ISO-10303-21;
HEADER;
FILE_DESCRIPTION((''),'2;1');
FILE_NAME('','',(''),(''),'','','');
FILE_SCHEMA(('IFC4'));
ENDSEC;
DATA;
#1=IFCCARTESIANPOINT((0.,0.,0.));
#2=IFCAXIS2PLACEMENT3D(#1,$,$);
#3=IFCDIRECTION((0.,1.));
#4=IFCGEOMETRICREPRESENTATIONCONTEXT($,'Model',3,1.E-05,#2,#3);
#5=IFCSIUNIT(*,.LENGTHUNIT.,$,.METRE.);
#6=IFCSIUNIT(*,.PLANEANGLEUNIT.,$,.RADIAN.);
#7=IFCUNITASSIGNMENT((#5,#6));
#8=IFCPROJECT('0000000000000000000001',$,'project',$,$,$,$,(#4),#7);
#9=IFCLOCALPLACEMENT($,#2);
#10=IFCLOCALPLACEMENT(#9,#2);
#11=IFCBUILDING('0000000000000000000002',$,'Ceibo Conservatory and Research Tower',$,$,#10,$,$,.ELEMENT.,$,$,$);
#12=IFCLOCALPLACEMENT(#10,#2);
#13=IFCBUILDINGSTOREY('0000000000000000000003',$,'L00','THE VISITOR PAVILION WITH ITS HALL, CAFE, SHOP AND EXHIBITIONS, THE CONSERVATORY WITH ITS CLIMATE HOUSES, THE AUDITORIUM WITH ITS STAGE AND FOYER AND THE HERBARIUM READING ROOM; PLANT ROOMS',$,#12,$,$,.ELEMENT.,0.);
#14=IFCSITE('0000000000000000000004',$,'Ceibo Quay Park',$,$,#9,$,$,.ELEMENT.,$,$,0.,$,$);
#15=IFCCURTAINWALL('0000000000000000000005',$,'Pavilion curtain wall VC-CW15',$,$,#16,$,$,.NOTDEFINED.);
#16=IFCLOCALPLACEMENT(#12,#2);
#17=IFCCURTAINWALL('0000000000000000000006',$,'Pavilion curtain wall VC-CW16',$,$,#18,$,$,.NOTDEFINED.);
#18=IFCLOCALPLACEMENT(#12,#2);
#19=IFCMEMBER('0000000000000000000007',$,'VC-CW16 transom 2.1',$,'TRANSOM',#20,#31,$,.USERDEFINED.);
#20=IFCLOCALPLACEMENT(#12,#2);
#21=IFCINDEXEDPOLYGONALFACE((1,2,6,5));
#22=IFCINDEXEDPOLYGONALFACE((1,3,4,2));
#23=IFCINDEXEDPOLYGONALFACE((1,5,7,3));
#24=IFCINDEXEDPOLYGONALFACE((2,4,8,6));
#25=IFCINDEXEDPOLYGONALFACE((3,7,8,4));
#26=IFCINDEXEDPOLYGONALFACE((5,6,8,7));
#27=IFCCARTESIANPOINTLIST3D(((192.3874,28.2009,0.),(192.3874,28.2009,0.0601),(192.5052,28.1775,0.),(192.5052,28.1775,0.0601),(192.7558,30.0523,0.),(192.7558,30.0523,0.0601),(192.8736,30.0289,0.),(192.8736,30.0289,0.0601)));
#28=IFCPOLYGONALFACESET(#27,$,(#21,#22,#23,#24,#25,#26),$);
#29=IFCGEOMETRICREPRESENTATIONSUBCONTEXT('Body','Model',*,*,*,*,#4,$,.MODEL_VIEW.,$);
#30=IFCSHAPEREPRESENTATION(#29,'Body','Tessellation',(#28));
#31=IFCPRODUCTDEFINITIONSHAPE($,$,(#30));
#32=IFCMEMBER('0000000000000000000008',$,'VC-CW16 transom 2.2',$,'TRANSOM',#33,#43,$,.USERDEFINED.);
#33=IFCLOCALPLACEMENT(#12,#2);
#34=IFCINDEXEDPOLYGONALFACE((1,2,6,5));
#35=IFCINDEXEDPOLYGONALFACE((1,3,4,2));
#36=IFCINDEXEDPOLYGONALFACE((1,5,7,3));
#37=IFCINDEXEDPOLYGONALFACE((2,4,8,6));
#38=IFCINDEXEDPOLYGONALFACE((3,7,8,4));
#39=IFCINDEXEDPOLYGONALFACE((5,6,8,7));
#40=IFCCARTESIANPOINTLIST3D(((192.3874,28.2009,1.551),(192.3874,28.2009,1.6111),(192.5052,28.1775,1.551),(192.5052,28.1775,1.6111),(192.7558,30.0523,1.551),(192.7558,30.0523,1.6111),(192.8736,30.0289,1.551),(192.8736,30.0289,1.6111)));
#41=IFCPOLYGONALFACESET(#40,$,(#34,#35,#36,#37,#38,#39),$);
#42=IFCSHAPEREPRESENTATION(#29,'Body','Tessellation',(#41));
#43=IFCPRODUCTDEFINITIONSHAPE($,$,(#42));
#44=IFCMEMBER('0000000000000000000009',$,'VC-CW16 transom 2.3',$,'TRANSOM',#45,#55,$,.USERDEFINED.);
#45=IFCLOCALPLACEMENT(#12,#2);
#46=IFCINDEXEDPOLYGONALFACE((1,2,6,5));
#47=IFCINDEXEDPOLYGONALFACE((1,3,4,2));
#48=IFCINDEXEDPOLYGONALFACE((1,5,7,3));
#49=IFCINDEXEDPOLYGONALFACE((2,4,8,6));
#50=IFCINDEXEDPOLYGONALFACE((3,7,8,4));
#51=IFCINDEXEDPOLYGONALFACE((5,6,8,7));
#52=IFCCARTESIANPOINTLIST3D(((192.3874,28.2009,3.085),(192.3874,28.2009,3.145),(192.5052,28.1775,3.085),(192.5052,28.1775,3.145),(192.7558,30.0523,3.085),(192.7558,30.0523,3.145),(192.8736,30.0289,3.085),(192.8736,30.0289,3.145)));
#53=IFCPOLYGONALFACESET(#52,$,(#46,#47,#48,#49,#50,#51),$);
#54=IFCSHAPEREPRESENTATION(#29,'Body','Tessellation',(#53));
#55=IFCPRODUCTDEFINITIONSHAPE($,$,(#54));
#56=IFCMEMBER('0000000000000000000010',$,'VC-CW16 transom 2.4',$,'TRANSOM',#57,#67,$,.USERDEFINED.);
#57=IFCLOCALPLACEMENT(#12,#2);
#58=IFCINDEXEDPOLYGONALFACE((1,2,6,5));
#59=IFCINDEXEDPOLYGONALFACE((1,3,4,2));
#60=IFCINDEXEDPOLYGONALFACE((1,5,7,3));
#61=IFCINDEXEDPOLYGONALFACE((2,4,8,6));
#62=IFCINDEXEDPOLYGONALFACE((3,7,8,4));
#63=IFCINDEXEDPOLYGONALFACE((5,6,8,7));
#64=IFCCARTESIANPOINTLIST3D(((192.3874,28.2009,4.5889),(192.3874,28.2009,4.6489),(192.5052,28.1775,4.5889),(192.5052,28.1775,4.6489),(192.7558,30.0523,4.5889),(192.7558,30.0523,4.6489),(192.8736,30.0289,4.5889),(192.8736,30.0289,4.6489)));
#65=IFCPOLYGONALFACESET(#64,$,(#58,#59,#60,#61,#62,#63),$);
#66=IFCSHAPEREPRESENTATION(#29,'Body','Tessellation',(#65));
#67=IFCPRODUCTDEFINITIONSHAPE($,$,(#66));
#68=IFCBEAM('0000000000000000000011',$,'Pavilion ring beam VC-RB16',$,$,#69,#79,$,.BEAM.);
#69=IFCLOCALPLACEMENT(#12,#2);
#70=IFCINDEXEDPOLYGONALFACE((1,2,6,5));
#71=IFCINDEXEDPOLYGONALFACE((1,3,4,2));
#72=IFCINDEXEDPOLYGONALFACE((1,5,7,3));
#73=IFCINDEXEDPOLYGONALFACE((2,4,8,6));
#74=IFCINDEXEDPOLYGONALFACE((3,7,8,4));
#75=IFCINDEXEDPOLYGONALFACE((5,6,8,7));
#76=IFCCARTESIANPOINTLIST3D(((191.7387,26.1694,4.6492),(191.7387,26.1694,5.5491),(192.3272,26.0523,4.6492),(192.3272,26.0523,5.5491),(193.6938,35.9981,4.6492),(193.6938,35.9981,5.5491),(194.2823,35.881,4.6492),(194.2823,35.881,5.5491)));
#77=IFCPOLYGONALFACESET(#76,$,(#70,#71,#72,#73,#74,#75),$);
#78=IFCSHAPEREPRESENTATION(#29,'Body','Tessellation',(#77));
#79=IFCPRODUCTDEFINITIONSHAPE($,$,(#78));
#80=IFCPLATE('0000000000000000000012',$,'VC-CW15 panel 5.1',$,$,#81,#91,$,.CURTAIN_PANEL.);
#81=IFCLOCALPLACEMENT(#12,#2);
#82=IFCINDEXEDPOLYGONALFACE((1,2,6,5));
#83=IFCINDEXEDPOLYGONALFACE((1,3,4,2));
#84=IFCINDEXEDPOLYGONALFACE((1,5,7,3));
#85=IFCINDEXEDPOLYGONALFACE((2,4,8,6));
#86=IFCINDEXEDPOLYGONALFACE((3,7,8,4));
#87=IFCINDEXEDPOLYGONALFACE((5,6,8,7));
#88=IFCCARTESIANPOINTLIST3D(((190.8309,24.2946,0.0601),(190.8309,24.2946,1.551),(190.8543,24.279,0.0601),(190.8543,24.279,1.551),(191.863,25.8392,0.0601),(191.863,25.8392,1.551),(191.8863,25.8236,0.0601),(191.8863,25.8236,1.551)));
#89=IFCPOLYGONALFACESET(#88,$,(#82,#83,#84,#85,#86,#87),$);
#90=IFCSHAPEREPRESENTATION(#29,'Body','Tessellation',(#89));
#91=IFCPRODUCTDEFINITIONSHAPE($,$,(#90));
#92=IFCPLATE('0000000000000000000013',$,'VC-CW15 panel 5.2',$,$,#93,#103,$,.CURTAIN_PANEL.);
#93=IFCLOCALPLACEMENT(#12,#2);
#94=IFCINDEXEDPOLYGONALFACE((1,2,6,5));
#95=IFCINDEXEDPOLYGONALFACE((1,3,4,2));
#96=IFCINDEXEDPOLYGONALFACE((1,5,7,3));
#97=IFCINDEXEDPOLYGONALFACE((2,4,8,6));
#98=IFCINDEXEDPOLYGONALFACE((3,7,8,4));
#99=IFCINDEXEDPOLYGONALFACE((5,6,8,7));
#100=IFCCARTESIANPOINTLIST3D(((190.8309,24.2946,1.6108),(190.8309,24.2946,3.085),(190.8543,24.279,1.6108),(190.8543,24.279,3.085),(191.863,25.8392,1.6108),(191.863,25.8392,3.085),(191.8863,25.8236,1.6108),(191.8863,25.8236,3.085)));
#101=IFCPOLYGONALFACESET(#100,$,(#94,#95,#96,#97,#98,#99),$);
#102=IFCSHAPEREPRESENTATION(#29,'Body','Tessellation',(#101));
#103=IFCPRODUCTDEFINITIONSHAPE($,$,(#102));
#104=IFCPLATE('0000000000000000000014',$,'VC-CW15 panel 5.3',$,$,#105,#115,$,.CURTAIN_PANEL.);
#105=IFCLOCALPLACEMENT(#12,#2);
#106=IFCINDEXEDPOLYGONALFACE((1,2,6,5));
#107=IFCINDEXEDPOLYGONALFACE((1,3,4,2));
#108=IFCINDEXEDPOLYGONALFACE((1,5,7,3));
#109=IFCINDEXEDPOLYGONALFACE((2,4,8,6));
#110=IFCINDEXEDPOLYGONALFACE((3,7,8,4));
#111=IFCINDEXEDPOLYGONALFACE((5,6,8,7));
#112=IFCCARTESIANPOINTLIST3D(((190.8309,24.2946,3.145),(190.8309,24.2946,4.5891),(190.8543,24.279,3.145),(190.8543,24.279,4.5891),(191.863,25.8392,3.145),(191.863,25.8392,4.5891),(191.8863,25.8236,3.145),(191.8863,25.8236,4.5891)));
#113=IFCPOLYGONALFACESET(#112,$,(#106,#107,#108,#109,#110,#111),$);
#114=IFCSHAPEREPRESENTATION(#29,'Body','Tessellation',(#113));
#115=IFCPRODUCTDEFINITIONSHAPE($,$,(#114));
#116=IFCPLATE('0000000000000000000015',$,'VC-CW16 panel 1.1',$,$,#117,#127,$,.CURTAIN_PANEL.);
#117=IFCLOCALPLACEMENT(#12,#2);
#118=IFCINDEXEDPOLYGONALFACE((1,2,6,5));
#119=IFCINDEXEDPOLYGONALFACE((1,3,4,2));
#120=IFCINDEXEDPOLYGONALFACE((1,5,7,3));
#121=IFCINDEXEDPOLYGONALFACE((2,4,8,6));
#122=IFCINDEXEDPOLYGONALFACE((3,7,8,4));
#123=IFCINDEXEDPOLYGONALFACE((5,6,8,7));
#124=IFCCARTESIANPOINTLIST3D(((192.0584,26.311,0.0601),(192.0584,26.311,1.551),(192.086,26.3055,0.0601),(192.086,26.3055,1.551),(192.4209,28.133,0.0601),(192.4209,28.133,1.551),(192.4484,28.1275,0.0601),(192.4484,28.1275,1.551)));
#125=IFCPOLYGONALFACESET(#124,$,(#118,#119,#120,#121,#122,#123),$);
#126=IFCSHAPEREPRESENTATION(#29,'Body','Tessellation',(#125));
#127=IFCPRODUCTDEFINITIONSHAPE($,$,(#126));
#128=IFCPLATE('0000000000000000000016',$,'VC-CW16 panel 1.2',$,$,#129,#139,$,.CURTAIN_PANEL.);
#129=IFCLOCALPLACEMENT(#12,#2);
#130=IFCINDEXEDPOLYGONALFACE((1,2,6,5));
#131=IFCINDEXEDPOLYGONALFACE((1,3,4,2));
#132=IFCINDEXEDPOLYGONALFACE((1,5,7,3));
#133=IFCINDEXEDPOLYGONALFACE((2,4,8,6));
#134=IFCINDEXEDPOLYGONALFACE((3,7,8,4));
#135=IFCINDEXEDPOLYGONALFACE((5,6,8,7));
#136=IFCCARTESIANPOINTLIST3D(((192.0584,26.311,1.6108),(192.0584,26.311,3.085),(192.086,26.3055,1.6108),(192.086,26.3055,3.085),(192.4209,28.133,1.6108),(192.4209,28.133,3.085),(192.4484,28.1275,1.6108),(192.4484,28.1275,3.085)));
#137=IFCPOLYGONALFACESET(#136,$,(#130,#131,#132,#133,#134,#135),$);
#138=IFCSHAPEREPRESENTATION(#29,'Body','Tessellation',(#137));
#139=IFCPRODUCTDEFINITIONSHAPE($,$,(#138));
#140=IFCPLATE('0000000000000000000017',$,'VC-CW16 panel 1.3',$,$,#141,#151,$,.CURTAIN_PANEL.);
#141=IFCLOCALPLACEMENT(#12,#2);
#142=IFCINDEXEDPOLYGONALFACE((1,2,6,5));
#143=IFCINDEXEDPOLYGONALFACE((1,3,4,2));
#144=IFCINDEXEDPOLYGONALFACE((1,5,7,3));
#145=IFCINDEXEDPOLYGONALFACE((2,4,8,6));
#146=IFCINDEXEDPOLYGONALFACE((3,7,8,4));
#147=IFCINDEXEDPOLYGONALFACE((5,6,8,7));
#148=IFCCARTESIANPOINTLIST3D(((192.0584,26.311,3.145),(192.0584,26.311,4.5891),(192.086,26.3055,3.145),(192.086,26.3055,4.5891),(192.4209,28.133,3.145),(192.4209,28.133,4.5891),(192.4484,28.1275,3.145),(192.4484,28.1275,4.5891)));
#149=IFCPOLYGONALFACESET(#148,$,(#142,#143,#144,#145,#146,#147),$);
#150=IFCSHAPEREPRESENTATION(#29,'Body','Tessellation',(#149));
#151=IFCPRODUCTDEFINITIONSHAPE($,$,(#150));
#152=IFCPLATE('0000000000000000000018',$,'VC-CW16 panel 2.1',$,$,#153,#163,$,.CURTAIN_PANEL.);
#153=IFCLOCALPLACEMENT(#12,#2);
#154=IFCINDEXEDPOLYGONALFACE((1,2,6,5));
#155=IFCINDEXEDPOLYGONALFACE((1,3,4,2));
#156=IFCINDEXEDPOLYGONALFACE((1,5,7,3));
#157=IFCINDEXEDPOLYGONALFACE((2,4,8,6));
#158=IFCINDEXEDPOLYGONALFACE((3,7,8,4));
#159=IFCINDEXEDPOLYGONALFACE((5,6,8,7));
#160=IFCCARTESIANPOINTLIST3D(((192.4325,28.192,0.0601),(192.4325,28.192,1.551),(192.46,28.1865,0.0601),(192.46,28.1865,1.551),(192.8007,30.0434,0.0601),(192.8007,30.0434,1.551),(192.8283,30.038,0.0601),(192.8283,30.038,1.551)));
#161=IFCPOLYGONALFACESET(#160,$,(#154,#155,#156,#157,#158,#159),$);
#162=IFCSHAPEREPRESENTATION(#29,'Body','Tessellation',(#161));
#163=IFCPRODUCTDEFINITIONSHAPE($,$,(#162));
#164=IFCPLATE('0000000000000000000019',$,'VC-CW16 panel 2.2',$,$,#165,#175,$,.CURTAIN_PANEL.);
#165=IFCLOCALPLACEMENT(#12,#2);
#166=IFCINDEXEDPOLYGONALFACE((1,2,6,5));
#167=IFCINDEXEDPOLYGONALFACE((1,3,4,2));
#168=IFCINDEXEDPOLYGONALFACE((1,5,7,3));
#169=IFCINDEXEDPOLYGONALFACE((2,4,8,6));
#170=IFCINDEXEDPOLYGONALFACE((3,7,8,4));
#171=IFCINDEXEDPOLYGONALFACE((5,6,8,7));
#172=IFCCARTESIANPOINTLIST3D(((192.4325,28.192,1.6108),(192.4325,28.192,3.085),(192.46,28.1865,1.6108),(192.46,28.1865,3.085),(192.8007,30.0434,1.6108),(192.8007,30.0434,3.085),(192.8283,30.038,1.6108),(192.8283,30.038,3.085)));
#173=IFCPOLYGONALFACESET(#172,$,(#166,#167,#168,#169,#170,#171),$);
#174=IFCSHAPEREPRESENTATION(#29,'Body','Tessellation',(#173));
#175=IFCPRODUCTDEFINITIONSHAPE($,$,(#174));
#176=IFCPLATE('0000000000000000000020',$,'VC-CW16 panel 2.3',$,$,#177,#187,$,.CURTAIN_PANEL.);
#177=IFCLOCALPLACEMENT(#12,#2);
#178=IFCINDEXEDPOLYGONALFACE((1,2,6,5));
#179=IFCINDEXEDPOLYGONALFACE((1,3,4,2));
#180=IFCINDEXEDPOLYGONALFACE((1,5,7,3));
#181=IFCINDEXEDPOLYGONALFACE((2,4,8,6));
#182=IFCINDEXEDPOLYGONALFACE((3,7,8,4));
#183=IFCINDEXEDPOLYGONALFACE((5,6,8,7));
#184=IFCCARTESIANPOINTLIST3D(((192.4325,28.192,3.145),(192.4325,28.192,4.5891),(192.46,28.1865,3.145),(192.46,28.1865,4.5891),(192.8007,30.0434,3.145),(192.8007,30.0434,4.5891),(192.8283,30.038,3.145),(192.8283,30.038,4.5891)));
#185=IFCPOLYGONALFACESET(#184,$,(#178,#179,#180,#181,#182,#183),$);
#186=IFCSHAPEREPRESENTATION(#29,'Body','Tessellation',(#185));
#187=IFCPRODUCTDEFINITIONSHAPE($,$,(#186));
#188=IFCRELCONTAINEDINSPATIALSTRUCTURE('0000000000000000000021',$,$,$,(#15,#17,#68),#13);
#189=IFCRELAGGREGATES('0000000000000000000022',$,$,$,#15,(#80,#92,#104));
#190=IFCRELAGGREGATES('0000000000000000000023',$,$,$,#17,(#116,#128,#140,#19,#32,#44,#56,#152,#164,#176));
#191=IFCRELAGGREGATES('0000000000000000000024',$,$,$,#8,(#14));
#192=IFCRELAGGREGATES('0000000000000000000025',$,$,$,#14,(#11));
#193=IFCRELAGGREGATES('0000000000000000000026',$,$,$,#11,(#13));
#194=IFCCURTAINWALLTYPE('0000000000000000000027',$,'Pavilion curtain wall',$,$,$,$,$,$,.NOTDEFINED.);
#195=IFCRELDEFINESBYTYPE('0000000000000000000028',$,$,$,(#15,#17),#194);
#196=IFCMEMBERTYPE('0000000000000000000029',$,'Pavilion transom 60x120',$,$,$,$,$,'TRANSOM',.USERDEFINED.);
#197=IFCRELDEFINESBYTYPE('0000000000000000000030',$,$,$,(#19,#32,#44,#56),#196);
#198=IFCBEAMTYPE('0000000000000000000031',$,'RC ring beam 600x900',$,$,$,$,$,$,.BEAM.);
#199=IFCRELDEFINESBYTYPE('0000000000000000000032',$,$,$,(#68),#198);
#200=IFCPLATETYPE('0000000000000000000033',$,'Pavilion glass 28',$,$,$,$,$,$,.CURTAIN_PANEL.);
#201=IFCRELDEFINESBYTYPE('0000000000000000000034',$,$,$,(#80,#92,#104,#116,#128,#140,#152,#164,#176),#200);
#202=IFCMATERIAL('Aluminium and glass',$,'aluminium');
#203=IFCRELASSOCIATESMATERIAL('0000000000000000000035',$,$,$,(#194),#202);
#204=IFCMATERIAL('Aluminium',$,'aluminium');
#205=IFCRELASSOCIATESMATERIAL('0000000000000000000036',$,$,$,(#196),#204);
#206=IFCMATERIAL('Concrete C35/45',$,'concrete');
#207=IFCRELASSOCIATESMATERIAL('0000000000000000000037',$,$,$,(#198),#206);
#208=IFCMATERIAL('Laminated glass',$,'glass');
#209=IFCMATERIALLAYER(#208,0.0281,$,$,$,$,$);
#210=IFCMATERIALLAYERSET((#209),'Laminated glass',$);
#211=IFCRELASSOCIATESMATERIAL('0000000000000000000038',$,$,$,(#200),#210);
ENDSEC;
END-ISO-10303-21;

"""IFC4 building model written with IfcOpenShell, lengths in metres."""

from ifc_helpers import new_model, si_unit, direction, frame, origin, origin_2d, place, context, subcontext, project, spatial, rectangle, extrude, material, layer, layer_set, material_profile, profile_set, type_object, element, aggregate, save


model = new_model("IFC4")

# Units and contexts
model_context = context("Model", 3, precision=1e-05, world=origin(), true_north=direction((0.0, 1.0)))
body_context = subcontext(model_context, "Body", "Model", "MODEL_VIEW")
ifc_project = project(units=[si_unit("LENGTHUNIT", "METRE"), si_unit("PLANEANGLEUNIT", "RADIAN")], contexts=[model_context])

# Site, building, storey
site_placement = place(None, origin())
site = spatial("IfcSite", under=ifc_project, at=site_placement, Name="Ceibo Quay Park", CompositionType="ELEMENT", RefElevation=0.0)
building_placement = place(site_placement, origin())
building = spatial("IfcBuilding", under=site, at=building_placement, Name="Ceibo Conservatory and Research Tower", CompositionType="ELEMENT")
storey_placement = place(building_placement, origin())
storey = spatial("IfcBuildingStorey", under=building, at=storey_placement, Name="L00", Description="THE VISITOR PAVILION WITH ITS HALL, CAFE, SHOP AND EXHIBITIONS, THE CONSERVATORY WITH ITS CLIMATE HOUSES, THE AUDITORIUM WITH ITS STAGE AND FOYER AND THE HERBARIUM READING ROOM; PLANT ROOMS", CompositionType="ELEMENT", Elevation=0.0)

# Shared definitions
ifc_material_1 = material(Name="Concrete C35/45", Category="concrete")

# Curtain wall
ifc_material_2 = material(Name="Aluminium and glass", Category="aluminium")
curtain_wall_type = type_object("IfcCurtainWallType", Name="Pavilion curtain wall", PredefinedType="NOTDEFINED", material=ifc_material_2)
curtain_wall_1_placement = place(storey_placement, origin())
curtain_wall_1 = element("IfcCurtainWall", 1, at=curtain_wall_1_placement, inside=storey, type_object=curtain_wall_type, Name="Pavilion curtain wall VC-CW15", PredefinedType="NOTDEFINED")
ifc_material_3 = material(Name="Aluminium", Category="aluminium")

# Curtain wall
curtain_wall_2_placement = place(storey_placement, origin())
curtain_wall_2 = element("IfcCurtainWall", 2, at=curtain_wall_2_placement, inside=storey, type_object=curtain_wall_type, Name="Pavilion curtain wall VC-CW16", PredefinedType="NOTDEFINED")

# Members
ifc_material_profile_1 = material_profile(ifc_material_3, rectangle(XDim=0.1201, YDim=0.0601, at=origin_2d()), Name="AL 60x120")
ifc_profile_set_1 = profile_set([ifc_material_profile_1], Name="Aluminium")
member_type_1 = type_object("IfcMemberType", Name="Pavilion transom 60x120", ElementType="TRANSOM", PredefinedType="USERDEFINED", material=ifc_profile_set_1)
member_1_placement = place(storey_placement, frame((192.4463, 28.1892, 0.03), z_axis=(0.195171, 0.980769, 0.0), x_axis=(-0.980769, 0.195171, 0.0)))
member_1 = element("IfcMember", 3, at=member_1_placement, type_object=member_type_1, Name="VC-CW16 transom 2.1", ObjectType="TRANSOM", PredefinedType="USERDEFINED", context=body_context, shape_type="SweptSolid", body=[
    extrude(rectangle(XDim=0.1201, YDim=0.0601, at=origin_2d()), origin(), (0.0, 0.0, 1.0), 1.8877),
])
member_2_placement = place(storey_placement, frame((192.4463, 28.1892, 1.5811), z_axis=(0.195171, 0.980769, 0.0), x_axis=(-0.980769, 0.195171, 0.0)))
member_2 = element("IfcMember", 4, at=member_2_placement, type_object=member_type_1, Name="VC-CW16 transom 2.2", ObjectType="TRANSOM", PredefinedType="USERDEFINED", context=body_context, shape_type="SweptSolid", body=[
    extrude(rectangle(XDim=0.1201, YDim=0.0601, at=origin_2d()), origin(), (0.0, 0.0, 1.0), 1.8877),
])
member_3_placement = place(storey_placement, frame((192.4463, 28.1892, 3.115), z_axis=(0.195171, 0.980769, 0.0), x_axis=(-0.980769, 0.195171, 0.0)))
member_3 = element("IfcMember", 5, at=member_3_placement, type_object=member_type_1, Name="VC-CW16 transom 2.3", ObjectType="TRANSOM", PredefinedType="USERDEFINED", context=body_context, shape_type="SweptSolid", body=[
    extrude(rectangle(XDim=0.1201, YDim=0.0601, at=origin_2d()), origin(), (0.0, 0.0, 1.0), 1.8877),
])
member_4_placement = place(storey_placement, frame((192.4463, 28.1892, 4.6189), z_axis=(0.195171, 0.980769, 0.0), x_axis=(-0.980769, 0.195171, 0.0)))
member_4 = element("IfcMember", 6, at=member_4_placement, type_object=member_type_1, Name="VC-CW16 transom 2.4", ObjectType="TRANSOM", PredefinedType="USERDEFINED", context=body_context, shape_type="SweptSolid", body=[
    extrude(rectangle(XDim=0.1201, YDim=0.0601, at=origin_2d()), origin(), (0.0, 0.0, 1.0), 1.8877),
])

# Beam
ifc_material_profile_2 = material_profile(ifc_material_1, rectangle(XDim=0.6001, YDim=0.8999, at=origin_2d()), Name="RC 600x900")
ifc_profile_set_2 = profile_set([ifc_material_profile_2], Name="Concrete C35/45")
beam_type = type_object("IfcBeamType", Name="RC ring beam 600x900", PredefinedType="BEAM", material=ifc_profile_set_2)
beam_placement = place(storey_placement, frame((192.033, 26.1108, 5.0991), z_axis=(0.195095, 0.980784, 0.0), x_axis=(-0.980784, 0.195095, 0.0)))
element("IfcBeam", 7, at=beam_placement, inside=storey, type_object=beam_type, Name="Pavilion ring beam VC-RB16", PredefinedType="BEAM", context=body_context, shape_type="SweptSolid", body=[
    extrude(rectangle(XDim=0.6001, YDim=0.8999, at=origin_2d()), origin(), (0.0, 0.0, 1.0), 10.0212),
])

# Plates
ifc_material_4 = material(Name="Laminated glass", Category="glass")
ifc_layer_1 = layer(ifc_material_4, 0.0281)
ifc_layer_set_1 = layer_set([ifc_layer_1], Name="Laminated glass")
plate_type = type_object("IfcPlateType", Name="Pavilion glass 28", PredefinedType="CURTAIN_PANEL", material=ifc_layer_set_1)
plate_1_placement = place(storey_placement, frame((191.3586, 25.0591, 0.0601), z_axis=(0.0, 0.0, 1.0), x_axis=(0.55557, 0.83147, 0.0)))
plate_1 = element("IfcPlate", 8, at=plate_1_placement, type_object=plate_type, Name="VC-CW15 panel 5.1", PredefinedType="CURTAIN_PANEL", context=body_context, shape_type="SweptSolid", body=[
    extrude(rectangle(XDim=1.8577, YDim=0.0281, at=origin_2d()), origin(), (0.0, 0.0, 1.0), 1.491),
])
plate_2_placement = place(storey_placement, frame((191.3586, 25.0591, 1.6108), z_axis=(0.0, 0.0, 1.0), x_axis=(0.55557, 0.83147, 0.0)))
plate_2 = element("IfcPlate", 9, at=plate_2_placement, type_object=plate_type, Name="VC-CW15 panel 5.2", PredefinedType="CURTAIN_PANEL", context=body_context, shape_type="SweptSolid", body=[
    extrude(rectangle(XDim=1.8577, YDim=0.0281, at=origin_2d()), origin(), (0.0, 0.0, 1.0), 1.4741),
])
plate_3_placement = place(storey_placement, frame((191.3586, 25.0591, 3.145), z_axis=(0.0, 0.0, 1.0), x_axis=(0.55557, 0.83147, 0.0)))
plate_3 = element("IfcPlate", 10, at=plate_3_placement, type_object=plate_type, Name="VC-CW15 panel 5.3", PredefinedType="CURTAIN_PANEL", context=body_context, shape_type="SweptSolid", body=[
    extrude(rectangle(XDim=1.8577, YDim=0.0281, at=origin_2d()), origin(), (0.0, 0.0, 1.0), 1.4441),
])
aggregate(curtain_wall_1, [plate_1, plate_2, plate_3])
plate_4_placement = place(storey_placement, frame((192.2534, 27.2192, 0.0601), z_axis=(0.0, 0.0, 1.0), x_axis=(0.19509, 0.980785, 0.0)))
plate_4 = element("IfcPlate", 11, at=plate_4_placement, type_object=plate_type, Name="VC-CW16 panel 1.1", PredefinedType="CURTAIN_PANEL", context=body_context, shape_type="SweptSolid", body=[
    extrude(rectangle(XDim=1.8577, YDim=0.0281, at=origin_2d()), origin(), (0.0, 0.0, 1.0), 1.491),
])
plate_5_placement = place(storey_placement, frame((192.2534, 27.2192, 1.6108), z_axis=(0.0, 0.0, 1.0), x_axis=(0.19509, 0.980785, 0.0)))
plate_5 = element("IfcPlate", 12, at=plate_5_placement, type_object=plate_type, Name="VC-CW16 panel 1.2", PredefinedType="CURTAIN_PANEL", context=body_context, shape_type="SweptSolid", body=[
    extrude(rectangle(XDim=1.8577, YDim=0.0281, at=origin_2d()), origin(), (0.0, 0.0, 1.0), 1.4741),
])
plate_6_placement = place(storey_placement, frame((192.2534, 27.2192, 3.145), z_axis=(0.0, 0.0, 1.0), x_axis=(0.19509, 0.980785, 0.0)))
plate_6 = element("IfcPlate", 13, at=plate_6_placement, type_object=plate_type, Name="VC-CW16 panel 1.3", PredefinedType="CURTAIN_PANEL", context=body_context, shape_type="SweptSolid", body=[
    extrude(rectangle(XDim=1.8577, YDim=0.0281, at=origin_2d()), origin(), (0.0, 0.0, 1.0), 1.4441),
])
plate_7_placement = place(storey_placement, frame((192.6304, 29.115, 0.0601), z_axis=(0.0, 0.0, 1.0), x_axis=(0.19509, 0.980785, 0.0)))
plate_7 = element("IfcPlate", 14, at=plate_7_placement, type_object=plate_type, Name="VC-CW16 panel 2.1", PredefinedType="CURTAIN_PANEL", context=body_context, shape_type="SweptSolid", body=[
    extrude(rectangle(XDim=1.8877, YDim=0.0281, at=origin_2d()), origin(), (0.0, 0.0, 1.0), 1.491),
])
plate_8_placement = place(storey_placement, frame((192.6304, 29.115, 1.6108), z_axis=(0.0, 0.0, 1.0), x_axis=(0.19509, 0.980785, 0.0)))
plate_8 = element("IfcPlate", 15, at=plate_8_placement, type_object=plate_type, Name="VC-CW16 panel 2.2", PredefinedType="CURTAIN_PANEL", context=body_context, shape_type="SweptSolid", body=[
    extrude(rectangle(XDim=1.8877, YDim=0.0281, at=origin_2d()), origin(), (0.0, 0.0, 1.0), 1.4741),
])
plate_9_placement = place(storey_placement, frame((192.6304, 29.115, 3.145), z_axis=(0.0, 0.0, 1.0), x_axis=(0.19509, 0.980785, 0.0)))
plate_9 = element("IfcPlate", 16, at=plate_9_placement, type_object=plate_type, Name="VC-CW16 panel 2.3", PredefinedType="CURTAIN_PANEL", context=body_context, shape_type="SweptSolid", body=[
    extrude(rectangle(XDim=1.8877, YDim=0.0281, at=origin_2d()), origin(), (0.0, 0.0, 1.0), 1.4441),
])
aggregate(curtain_wall_2, [plate_4, plate_5, plate_6, member_1, member_2, member_3, member_4, plate_7, plate_8, plate_9])

save(model, "model.ifc")
